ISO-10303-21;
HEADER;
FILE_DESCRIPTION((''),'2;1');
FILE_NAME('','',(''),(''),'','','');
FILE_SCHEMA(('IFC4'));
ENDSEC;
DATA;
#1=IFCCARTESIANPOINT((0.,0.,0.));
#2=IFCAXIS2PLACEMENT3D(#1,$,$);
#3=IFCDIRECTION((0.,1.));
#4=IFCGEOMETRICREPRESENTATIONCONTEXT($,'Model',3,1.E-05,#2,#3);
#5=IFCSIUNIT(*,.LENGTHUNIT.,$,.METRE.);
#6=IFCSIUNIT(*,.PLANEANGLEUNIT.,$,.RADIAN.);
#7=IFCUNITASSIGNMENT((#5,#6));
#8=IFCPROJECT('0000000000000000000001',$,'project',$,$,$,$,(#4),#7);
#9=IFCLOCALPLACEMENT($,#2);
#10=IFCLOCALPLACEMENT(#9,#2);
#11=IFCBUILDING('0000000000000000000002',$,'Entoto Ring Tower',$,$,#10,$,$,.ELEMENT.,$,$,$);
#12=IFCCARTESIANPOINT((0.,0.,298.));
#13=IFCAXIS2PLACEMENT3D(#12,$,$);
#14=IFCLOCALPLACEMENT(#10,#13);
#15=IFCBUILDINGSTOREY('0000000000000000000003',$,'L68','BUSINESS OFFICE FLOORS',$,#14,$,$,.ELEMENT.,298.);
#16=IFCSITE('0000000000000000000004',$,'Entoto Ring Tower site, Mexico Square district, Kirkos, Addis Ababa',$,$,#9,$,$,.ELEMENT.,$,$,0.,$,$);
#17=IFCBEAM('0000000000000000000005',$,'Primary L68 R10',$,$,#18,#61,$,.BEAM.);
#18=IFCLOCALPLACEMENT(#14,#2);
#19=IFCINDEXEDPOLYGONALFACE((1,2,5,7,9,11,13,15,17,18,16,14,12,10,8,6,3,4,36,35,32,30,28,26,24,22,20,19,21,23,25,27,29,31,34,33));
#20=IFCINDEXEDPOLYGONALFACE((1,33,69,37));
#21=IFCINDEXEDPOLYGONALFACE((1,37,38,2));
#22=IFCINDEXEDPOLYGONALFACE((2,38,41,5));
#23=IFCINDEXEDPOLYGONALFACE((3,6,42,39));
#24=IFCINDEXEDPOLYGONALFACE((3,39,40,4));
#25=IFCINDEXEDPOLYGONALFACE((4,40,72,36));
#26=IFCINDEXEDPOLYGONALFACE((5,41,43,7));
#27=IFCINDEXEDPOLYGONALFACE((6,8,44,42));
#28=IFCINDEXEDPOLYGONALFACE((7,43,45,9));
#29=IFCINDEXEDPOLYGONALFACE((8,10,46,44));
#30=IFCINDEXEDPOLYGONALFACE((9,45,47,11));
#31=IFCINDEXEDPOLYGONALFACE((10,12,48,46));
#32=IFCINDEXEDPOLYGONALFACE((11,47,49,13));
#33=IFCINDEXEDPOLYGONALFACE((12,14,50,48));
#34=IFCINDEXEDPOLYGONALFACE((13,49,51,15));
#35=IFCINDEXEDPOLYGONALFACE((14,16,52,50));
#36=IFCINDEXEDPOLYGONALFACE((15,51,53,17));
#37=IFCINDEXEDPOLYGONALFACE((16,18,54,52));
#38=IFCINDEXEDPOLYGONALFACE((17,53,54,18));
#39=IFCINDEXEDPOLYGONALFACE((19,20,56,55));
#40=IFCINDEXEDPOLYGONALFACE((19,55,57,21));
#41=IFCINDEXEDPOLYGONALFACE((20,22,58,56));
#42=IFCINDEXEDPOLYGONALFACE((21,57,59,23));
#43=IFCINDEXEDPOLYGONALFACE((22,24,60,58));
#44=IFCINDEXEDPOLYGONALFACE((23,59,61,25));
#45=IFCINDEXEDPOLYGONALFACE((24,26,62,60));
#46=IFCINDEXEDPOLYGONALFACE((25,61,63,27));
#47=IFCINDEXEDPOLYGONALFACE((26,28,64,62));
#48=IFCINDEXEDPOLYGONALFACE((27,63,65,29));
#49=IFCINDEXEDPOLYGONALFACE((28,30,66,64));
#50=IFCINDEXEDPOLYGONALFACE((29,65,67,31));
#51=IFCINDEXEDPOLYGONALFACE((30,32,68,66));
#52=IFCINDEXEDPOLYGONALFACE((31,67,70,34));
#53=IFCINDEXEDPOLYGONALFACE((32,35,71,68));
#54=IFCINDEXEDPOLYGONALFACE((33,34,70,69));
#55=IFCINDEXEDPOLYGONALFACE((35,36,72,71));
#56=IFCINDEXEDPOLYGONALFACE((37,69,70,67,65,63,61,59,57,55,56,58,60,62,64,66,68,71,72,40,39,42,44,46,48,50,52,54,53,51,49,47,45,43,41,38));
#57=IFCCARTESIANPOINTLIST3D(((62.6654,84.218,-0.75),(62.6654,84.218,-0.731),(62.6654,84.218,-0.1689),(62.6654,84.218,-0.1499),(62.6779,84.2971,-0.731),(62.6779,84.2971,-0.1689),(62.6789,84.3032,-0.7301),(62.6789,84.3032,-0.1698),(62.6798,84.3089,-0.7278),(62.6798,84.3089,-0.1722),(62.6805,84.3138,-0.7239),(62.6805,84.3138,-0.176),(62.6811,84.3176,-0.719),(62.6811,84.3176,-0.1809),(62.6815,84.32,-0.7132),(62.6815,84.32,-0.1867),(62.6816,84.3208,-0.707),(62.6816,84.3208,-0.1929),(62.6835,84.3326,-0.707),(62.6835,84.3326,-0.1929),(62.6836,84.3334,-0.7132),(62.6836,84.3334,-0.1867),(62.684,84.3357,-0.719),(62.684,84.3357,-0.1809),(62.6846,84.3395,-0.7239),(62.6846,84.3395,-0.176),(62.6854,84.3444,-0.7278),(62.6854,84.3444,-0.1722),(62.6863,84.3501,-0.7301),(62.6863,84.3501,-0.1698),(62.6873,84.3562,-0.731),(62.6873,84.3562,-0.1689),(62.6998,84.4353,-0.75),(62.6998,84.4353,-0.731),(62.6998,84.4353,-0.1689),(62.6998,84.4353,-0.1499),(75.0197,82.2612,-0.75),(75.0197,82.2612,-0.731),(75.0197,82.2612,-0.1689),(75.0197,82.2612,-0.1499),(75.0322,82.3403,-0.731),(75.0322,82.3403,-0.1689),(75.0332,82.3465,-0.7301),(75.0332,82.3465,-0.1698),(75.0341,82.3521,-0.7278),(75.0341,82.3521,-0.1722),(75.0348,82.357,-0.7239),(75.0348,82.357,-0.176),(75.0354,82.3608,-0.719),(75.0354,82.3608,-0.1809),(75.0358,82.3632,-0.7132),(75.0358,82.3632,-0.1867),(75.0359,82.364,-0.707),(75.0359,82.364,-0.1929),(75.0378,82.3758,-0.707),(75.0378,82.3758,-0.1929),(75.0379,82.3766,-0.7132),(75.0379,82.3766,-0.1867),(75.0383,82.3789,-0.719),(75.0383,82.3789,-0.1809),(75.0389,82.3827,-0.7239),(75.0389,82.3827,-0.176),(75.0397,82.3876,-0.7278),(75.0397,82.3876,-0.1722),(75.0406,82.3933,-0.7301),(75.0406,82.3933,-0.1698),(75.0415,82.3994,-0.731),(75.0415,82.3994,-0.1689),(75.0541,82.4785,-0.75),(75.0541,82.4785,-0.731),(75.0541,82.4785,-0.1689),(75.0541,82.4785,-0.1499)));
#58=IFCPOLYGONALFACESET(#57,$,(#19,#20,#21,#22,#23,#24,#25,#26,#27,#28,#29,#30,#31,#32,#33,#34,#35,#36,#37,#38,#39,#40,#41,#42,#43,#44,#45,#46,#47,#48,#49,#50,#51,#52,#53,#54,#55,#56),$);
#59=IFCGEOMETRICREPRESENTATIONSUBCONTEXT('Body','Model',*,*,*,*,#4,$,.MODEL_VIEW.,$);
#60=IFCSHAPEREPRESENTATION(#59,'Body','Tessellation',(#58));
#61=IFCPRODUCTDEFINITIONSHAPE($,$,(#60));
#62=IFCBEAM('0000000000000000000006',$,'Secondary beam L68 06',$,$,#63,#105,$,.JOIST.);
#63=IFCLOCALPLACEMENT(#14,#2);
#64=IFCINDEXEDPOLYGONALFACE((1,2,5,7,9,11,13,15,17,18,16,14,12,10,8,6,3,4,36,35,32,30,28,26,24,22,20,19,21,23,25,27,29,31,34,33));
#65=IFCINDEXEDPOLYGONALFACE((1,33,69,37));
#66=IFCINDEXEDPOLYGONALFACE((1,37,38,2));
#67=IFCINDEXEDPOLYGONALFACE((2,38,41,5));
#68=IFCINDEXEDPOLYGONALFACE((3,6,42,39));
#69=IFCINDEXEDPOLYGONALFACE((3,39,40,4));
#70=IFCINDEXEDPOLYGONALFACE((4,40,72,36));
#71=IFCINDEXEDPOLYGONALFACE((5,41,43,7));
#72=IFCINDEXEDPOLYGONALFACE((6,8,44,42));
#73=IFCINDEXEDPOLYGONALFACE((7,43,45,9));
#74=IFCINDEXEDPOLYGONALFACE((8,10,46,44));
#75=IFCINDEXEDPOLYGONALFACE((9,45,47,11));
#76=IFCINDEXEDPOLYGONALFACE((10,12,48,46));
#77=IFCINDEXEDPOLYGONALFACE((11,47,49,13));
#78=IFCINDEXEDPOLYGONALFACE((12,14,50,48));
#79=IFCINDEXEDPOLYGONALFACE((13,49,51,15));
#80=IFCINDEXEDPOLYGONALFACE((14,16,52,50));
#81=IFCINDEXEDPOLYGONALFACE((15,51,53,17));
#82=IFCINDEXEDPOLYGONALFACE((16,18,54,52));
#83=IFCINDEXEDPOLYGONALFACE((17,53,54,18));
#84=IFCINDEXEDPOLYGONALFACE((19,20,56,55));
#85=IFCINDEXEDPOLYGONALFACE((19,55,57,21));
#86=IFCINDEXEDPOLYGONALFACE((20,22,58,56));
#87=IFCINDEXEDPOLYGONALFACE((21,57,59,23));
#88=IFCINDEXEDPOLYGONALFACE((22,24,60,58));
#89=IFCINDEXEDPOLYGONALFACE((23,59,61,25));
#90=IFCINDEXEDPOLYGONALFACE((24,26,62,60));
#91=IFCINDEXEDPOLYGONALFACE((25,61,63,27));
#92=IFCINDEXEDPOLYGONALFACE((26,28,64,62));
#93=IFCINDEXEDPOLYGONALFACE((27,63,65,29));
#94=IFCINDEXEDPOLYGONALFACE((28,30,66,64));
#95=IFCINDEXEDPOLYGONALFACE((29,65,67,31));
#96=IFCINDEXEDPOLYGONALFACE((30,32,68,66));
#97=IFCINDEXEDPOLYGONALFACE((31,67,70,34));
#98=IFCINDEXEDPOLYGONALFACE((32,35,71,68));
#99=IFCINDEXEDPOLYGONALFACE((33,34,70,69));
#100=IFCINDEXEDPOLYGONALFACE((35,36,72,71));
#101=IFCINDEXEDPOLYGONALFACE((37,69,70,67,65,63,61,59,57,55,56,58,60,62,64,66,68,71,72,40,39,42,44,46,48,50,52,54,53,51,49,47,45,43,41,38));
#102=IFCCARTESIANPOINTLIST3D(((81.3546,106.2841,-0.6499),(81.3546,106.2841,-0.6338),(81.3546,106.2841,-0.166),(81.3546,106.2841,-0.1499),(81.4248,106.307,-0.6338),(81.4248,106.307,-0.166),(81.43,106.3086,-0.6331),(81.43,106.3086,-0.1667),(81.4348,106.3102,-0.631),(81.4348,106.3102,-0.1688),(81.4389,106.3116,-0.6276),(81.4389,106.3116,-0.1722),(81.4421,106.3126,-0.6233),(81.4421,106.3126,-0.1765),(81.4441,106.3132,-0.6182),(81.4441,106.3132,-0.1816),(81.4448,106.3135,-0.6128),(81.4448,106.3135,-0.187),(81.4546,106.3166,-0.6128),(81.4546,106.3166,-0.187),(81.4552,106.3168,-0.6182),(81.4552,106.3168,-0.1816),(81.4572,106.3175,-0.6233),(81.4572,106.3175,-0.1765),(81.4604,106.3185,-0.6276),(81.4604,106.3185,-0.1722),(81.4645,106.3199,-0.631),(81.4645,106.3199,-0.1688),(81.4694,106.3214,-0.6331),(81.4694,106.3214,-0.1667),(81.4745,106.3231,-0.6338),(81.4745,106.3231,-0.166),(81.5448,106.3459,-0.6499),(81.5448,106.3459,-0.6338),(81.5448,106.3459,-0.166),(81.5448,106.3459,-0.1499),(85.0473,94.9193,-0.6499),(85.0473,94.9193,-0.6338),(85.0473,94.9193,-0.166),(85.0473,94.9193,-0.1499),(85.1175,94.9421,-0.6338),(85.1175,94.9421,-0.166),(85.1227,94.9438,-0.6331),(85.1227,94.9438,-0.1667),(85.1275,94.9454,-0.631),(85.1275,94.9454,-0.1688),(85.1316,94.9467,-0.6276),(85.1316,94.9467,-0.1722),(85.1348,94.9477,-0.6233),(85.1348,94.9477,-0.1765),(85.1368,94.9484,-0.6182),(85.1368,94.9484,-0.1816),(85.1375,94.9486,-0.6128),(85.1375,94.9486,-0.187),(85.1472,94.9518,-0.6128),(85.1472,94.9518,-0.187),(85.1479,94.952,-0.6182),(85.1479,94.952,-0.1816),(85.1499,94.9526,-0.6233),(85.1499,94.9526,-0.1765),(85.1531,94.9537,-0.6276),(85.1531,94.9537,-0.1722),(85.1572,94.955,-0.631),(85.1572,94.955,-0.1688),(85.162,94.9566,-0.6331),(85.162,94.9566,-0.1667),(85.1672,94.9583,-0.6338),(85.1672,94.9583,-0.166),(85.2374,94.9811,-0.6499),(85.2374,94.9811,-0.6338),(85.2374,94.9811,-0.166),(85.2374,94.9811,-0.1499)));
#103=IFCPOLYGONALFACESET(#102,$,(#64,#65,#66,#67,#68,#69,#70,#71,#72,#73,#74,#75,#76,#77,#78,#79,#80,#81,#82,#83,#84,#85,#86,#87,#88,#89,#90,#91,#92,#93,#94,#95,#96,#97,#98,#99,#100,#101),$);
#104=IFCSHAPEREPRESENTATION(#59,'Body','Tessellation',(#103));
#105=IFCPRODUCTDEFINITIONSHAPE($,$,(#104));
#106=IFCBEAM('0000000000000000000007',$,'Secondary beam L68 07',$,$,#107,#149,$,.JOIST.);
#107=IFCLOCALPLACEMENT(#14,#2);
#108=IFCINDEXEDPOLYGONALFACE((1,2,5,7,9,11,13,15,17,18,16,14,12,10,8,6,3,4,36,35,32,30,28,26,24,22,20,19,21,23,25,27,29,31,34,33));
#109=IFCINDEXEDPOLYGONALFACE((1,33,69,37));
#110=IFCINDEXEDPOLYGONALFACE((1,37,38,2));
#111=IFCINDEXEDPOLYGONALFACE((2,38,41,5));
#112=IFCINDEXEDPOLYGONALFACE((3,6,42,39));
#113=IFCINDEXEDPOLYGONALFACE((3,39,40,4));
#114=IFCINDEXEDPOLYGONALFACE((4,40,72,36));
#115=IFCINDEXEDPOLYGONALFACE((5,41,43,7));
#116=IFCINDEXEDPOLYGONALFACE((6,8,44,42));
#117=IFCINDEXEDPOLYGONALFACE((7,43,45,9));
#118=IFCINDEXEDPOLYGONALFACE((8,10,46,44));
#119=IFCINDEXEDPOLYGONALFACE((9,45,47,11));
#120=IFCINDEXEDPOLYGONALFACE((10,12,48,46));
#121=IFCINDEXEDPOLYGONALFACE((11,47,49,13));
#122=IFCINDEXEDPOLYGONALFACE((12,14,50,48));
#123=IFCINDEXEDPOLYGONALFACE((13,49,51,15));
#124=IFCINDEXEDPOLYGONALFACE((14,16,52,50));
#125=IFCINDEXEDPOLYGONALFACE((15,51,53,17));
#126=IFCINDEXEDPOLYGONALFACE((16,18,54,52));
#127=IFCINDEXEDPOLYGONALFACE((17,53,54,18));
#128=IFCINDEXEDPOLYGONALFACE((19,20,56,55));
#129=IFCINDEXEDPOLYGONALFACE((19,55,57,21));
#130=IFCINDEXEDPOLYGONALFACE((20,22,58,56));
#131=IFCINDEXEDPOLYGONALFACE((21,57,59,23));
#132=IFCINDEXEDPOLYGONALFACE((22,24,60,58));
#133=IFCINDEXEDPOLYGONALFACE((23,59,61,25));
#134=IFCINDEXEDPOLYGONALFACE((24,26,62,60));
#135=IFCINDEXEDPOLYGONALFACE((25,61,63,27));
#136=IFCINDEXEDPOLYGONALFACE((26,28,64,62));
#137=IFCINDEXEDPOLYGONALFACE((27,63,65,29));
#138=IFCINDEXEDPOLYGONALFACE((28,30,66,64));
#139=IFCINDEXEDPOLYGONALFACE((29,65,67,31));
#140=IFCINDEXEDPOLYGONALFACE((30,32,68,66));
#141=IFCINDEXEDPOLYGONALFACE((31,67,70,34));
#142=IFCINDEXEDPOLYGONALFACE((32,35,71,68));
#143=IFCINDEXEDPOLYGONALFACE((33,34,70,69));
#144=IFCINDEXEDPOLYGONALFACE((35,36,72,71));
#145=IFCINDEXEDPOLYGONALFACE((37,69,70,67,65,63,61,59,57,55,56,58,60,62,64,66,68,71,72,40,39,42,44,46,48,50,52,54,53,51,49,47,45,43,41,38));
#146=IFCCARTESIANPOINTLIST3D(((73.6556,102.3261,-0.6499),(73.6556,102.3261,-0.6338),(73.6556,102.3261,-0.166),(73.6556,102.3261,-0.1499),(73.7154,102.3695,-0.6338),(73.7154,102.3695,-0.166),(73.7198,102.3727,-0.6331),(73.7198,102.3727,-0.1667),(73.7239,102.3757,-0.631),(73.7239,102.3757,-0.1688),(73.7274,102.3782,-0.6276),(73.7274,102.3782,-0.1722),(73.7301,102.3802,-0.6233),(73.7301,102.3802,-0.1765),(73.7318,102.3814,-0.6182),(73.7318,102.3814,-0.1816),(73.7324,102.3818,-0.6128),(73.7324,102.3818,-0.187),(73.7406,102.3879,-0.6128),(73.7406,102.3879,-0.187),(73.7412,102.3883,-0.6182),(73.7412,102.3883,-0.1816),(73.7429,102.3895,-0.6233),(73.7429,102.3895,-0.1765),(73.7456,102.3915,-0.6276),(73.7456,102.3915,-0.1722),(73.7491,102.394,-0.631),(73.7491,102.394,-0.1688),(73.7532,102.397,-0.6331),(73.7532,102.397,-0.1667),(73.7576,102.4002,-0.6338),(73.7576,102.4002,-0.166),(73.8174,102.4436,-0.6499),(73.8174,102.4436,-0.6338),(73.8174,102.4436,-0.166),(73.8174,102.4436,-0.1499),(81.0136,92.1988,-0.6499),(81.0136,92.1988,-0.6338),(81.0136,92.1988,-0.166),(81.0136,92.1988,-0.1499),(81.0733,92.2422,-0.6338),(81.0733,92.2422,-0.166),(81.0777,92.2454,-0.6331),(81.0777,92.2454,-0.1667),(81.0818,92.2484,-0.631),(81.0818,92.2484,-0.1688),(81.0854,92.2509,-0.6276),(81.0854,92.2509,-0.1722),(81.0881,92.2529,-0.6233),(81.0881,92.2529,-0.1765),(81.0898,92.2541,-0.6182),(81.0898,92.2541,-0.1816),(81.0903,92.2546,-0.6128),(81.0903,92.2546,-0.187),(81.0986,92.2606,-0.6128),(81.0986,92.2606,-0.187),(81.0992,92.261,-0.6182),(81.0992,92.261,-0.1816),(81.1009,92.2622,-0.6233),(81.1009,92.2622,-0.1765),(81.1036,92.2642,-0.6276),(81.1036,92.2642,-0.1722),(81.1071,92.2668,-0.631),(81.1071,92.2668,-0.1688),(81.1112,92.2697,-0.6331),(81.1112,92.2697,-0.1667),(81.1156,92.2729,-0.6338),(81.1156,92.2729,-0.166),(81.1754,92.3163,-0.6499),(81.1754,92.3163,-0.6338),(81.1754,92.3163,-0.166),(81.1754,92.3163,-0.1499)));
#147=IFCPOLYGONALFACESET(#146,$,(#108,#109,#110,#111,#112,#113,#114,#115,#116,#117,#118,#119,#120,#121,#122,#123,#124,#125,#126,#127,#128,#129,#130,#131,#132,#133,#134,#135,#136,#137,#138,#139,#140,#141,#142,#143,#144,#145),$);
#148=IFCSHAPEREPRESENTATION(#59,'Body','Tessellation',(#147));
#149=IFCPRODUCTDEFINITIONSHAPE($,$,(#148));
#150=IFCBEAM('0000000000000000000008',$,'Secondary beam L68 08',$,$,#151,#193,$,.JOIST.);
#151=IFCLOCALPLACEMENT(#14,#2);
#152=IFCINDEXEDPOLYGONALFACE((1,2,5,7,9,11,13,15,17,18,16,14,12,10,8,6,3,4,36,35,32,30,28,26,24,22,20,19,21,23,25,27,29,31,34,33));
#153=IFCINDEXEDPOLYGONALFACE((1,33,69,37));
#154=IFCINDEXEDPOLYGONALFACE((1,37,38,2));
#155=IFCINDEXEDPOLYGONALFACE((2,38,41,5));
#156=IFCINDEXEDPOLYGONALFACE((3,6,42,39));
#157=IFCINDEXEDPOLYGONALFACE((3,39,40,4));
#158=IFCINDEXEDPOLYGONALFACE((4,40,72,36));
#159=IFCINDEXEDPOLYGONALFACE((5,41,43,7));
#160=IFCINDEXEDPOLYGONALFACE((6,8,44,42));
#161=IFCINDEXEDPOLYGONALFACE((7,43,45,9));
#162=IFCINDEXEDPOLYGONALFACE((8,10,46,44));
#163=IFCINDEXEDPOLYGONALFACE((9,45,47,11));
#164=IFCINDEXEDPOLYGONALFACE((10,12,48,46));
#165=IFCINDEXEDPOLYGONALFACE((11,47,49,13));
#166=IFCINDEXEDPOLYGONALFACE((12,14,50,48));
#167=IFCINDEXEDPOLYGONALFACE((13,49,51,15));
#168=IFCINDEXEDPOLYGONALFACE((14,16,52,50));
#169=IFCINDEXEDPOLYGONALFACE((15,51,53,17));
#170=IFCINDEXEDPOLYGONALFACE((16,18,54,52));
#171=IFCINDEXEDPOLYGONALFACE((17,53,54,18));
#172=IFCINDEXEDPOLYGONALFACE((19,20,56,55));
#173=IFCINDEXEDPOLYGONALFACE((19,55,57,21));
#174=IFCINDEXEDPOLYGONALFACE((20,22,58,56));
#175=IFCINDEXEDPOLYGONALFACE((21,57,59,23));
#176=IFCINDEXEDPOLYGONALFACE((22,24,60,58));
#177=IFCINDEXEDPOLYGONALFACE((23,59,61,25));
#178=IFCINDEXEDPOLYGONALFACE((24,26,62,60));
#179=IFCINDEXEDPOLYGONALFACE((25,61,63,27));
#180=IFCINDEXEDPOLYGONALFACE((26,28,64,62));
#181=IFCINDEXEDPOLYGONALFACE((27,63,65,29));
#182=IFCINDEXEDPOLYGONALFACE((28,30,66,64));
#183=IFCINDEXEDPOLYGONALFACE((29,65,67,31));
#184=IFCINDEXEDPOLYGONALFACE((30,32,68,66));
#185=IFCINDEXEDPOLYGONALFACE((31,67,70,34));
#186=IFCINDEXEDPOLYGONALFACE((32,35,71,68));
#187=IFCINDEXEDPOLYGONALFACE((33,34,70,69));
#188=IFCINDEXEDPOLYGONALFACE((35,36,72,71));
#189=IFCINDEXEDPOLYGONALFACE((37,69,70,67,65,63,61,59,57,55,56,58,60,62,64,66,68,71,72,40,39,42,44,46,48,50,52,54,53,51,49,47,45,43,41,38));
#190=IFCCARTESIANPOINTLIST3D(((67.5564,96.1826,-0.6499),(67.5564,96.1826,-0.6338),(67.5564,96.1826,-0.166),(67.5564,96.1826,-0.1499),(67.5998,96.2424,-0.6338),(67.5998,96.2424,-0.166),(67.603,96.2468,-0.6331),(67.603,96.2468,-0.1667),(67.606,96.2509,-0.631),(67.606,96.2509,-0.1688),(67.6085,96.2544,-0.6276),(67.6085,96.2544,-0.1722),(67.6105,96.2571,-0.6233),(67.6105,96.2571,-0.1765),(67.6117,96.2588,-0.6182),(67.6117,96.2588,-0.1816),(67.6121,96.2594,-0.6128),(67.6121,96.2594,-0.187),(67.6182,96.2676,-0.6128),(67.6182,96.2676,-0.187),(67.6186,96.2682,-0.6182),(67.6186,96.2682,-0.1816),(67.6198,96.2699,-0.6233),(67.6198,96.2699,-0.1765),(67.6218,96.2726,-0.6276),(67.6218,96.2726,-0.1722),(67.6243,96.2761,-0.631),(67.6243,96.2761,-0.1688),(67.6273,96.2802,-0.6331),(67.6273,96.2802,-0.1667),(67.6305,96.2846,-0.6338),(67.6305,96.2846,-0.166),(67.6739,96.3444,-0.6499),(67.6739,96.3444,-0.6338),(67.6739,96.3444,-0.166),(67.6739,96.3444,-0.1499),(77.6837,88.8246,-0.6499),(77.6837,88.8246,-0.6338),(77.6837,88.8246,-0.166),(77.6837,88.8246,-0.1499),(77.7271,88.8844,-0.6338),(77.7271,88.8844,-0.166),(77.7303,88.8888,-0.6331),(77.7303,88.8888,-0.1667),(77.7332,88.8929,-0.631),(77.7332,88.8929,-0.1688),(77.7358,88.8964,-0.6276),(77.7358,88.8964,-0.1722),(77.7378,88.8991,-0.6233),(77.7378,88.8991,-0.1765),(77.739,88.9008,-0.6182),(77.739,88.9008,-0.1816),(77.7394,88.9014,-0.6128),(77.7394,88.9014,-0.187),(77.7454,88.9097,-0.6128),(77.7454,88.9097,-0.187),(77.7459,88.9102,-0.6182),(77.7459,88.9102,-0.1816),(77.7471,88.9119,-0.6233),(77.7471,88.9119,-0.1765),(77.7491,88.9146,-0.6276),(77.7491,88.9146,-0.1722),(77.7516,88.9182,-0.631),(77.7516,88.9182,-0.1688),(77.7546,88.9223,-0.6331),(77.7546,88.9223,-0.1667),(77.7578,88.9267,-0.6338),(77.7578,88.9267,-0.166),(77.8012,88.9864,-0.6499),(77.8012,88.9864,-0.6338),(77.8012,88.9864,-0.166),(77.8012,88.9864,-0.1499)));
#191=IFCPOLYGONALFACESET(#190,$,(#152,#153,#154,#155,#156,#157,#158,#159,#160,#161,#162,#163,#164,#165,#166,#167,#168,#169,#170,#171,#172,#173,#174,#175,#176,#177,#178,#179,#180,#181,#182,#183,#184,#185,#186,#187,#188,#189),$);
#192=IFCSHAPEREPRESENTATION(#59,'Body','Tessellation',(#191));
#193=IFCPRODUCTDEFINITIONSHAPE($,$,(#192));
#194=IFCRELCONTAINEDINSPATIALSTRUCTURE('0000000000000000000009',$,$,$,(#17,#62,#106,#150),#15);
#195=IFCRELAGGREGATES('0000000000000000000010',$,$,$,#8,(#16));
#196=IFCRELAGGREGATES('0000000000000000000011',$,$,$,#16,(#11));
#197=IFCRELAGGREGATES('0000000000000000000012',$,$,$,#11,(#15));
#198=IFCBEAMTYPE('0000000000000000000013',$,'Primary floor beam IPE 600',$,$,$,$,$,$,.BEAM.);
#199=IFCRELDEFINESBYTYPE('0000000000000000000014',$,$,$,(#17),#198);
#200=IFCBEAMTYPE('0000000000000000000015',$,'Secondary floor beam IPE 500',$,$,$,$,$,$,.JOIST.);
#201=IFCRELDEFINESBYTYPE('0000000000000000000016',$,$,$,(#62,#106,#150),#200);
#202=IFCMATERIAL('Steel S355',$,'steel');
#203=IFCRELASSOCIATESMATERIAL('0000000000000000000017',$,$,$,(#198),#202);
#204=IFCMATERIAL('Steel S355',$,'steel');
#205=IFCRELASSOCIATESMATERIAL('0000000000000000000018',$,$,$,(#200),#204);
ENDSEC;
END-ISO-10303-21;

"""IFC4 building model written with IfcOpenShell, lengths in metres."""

from ifc_helpers import new_model, si_unit, direction, frame, origin, origin_2d, place, context, subcontext, project, spatial, i_section, extrude, material, material_profile, profile_set, type_object, element, save


model = new_model("IFC4")

# Units and contexts
model_context = context("Model", 3, precision=1e-05, world=origin(), true_north=direction((0.0, 1.0)))
body_context = subcontext(model_context, "Body", "Model", "MODEL_VIEW")
ifc_project = project(units=[si_unit("LENGTHUNIT", "METRE"), si_unit("PLANEANGLEUNIT", "RADIAN")], contexts=[model_context])

# Site, building, storey
site_placement = place(None, origin())
site = spatial("IfcSite", under=ifc_project, at=site_placement, Name="Entoto Ring Tower site, Mexico Square district, Kirkos, Addis Ababa", CompositionType="ELEMENT", RefElevation=0.0)
building_placement = place(site_placement, origin())
building = spatial("IfcBuilding", under=site, at=building_placement, Name="Entoto Ring Tower", CompositionType="ELEMENT")
storey_placement = place(building_placement, frame((0.0, 0.0, 298.0)))
storey = spatial("IfcBuildingStorey", under=building, at=storey_placement, Name="L68", Description="BUSINESS OFFICE FLOORS", CompositionType="ELEMENT", Elevation=298.0)

# Beams
ifc_material_1 = material(Name="Steel S355", Category="steel")
ifc_material_profile_1 = material_profile(ifc_material_1, i_section(OverallWidth=0.22, OverallDepth=0.6001, WebThickness=0.012, FlangeThickness=0.019, FilletRadius=0.0239, at=origin_2d()), Name="IPE 600")
ifc_profile_set_1 = profile_set([ifc_material_profile_1], Name="Steel S355")
beam_type_1 = type_object("IfcBeamType", Name="Primary floor beam IPE 600", PredefinedType="BEAM", material=ifc_profile_set_1)
beam_1_placement = place(storey_placement, frame((75.0369, 82.3699, -0.45), z_axis=(-0.987688, 0.15644, 0.0), x_axis=(-0.15644, -0.987688, 0.0)))
element("IfcBeam", 1, at=beam_1_placement, inside=storey, type_object=beam_type_1, Name="Primary L68 R10", PredefinedType="BEAM", context=body_context, shape_type="SweptSolid", body=[
    extrude(i_section(OverallWidth=0.22, OverallDepth=0.6001, WebThickness=0.012, FlangeThickness=0.019, FilletRadius=0.0239, at=origin_2d()), origin(), (0.0, 0.0, 1.0), 12.5083),
])
ifc_material_2 = material(Name="Steel S355", Category="steel")
ifc_material_profile_2 = material_profile(ifc_material_2, i_section(OverallWidth=0.2, OverallDepth=0.5, WebThickness=0.0103, FlangeThickness=0.0161, FilletRadius=0.021, at=origin_2d()), Name="IPE 500")
ifc_profile_set_2 = profile_set([ifc_material_profile_2], Name="Steel S355")
beam_type_2 = type_object("IfcBeamType", Name="Secondary floor beam IPE 500", PredefinedType="JOIST", material=ifc_profile_set_2)
beam_2_placement = place(storey_placement, frame((85.1423, 94.9502, -0.3999), z_axis=(-0.309017, 0.951057, 0.0), x_axis=(-0.951057, -0.309017, 0.0)))
element("IfcBeam", 2, at=beam_2_placement, inside=storey, type_object=beam_type_2, Name="Secondary beam L68 06", PredefinedType="JOIST", context=body_context, shape_type="SweptSolid", body=[
    extrude(i_section(OverallWidth=0.2, OverallDepth=0.5, WebThickness=0.0103, FlangeThickness=0.0161, FilletRadius=0.021, at=origin_2d()), origin(), (0.0, 0.0, 1.0), 11.9497),
])
for number, where, z_axis, x_axis, name in (
    (3, (81.0945, 92.2576, -0.3999), (-0.587789, 0.809014, 0.0), (-0.809014, -0.587789, 0.0), "Secondary beam L68 07"),
    (4, (77.7424, 88.9055, -0.3999), (-0.809014, 0.587789, 0.0), (-0.587789, -0.809014, 0.0), "Secondary beam L68 08"),
):
    element("IfcBeam", number, at=place(storey_placement, frame(where, z_axis=z_axis, x_axis=x_axis)), inside=storey, type_object=beam_type_2, Name=name, PredefinedType="JOIST", context=body_context, shape_type="SweptSolid", body=[
        extrude(i_section(OverallWidth=0.2, OverallDepth=0.5, WebThickness=0.0103, FlangeThickness=0.0161, FilletRadius=0.021, at=origin_2d()), origin(), (0.0, 0.0, 1.0), 12.5181),
    ])

save(model, "model.ifc")
